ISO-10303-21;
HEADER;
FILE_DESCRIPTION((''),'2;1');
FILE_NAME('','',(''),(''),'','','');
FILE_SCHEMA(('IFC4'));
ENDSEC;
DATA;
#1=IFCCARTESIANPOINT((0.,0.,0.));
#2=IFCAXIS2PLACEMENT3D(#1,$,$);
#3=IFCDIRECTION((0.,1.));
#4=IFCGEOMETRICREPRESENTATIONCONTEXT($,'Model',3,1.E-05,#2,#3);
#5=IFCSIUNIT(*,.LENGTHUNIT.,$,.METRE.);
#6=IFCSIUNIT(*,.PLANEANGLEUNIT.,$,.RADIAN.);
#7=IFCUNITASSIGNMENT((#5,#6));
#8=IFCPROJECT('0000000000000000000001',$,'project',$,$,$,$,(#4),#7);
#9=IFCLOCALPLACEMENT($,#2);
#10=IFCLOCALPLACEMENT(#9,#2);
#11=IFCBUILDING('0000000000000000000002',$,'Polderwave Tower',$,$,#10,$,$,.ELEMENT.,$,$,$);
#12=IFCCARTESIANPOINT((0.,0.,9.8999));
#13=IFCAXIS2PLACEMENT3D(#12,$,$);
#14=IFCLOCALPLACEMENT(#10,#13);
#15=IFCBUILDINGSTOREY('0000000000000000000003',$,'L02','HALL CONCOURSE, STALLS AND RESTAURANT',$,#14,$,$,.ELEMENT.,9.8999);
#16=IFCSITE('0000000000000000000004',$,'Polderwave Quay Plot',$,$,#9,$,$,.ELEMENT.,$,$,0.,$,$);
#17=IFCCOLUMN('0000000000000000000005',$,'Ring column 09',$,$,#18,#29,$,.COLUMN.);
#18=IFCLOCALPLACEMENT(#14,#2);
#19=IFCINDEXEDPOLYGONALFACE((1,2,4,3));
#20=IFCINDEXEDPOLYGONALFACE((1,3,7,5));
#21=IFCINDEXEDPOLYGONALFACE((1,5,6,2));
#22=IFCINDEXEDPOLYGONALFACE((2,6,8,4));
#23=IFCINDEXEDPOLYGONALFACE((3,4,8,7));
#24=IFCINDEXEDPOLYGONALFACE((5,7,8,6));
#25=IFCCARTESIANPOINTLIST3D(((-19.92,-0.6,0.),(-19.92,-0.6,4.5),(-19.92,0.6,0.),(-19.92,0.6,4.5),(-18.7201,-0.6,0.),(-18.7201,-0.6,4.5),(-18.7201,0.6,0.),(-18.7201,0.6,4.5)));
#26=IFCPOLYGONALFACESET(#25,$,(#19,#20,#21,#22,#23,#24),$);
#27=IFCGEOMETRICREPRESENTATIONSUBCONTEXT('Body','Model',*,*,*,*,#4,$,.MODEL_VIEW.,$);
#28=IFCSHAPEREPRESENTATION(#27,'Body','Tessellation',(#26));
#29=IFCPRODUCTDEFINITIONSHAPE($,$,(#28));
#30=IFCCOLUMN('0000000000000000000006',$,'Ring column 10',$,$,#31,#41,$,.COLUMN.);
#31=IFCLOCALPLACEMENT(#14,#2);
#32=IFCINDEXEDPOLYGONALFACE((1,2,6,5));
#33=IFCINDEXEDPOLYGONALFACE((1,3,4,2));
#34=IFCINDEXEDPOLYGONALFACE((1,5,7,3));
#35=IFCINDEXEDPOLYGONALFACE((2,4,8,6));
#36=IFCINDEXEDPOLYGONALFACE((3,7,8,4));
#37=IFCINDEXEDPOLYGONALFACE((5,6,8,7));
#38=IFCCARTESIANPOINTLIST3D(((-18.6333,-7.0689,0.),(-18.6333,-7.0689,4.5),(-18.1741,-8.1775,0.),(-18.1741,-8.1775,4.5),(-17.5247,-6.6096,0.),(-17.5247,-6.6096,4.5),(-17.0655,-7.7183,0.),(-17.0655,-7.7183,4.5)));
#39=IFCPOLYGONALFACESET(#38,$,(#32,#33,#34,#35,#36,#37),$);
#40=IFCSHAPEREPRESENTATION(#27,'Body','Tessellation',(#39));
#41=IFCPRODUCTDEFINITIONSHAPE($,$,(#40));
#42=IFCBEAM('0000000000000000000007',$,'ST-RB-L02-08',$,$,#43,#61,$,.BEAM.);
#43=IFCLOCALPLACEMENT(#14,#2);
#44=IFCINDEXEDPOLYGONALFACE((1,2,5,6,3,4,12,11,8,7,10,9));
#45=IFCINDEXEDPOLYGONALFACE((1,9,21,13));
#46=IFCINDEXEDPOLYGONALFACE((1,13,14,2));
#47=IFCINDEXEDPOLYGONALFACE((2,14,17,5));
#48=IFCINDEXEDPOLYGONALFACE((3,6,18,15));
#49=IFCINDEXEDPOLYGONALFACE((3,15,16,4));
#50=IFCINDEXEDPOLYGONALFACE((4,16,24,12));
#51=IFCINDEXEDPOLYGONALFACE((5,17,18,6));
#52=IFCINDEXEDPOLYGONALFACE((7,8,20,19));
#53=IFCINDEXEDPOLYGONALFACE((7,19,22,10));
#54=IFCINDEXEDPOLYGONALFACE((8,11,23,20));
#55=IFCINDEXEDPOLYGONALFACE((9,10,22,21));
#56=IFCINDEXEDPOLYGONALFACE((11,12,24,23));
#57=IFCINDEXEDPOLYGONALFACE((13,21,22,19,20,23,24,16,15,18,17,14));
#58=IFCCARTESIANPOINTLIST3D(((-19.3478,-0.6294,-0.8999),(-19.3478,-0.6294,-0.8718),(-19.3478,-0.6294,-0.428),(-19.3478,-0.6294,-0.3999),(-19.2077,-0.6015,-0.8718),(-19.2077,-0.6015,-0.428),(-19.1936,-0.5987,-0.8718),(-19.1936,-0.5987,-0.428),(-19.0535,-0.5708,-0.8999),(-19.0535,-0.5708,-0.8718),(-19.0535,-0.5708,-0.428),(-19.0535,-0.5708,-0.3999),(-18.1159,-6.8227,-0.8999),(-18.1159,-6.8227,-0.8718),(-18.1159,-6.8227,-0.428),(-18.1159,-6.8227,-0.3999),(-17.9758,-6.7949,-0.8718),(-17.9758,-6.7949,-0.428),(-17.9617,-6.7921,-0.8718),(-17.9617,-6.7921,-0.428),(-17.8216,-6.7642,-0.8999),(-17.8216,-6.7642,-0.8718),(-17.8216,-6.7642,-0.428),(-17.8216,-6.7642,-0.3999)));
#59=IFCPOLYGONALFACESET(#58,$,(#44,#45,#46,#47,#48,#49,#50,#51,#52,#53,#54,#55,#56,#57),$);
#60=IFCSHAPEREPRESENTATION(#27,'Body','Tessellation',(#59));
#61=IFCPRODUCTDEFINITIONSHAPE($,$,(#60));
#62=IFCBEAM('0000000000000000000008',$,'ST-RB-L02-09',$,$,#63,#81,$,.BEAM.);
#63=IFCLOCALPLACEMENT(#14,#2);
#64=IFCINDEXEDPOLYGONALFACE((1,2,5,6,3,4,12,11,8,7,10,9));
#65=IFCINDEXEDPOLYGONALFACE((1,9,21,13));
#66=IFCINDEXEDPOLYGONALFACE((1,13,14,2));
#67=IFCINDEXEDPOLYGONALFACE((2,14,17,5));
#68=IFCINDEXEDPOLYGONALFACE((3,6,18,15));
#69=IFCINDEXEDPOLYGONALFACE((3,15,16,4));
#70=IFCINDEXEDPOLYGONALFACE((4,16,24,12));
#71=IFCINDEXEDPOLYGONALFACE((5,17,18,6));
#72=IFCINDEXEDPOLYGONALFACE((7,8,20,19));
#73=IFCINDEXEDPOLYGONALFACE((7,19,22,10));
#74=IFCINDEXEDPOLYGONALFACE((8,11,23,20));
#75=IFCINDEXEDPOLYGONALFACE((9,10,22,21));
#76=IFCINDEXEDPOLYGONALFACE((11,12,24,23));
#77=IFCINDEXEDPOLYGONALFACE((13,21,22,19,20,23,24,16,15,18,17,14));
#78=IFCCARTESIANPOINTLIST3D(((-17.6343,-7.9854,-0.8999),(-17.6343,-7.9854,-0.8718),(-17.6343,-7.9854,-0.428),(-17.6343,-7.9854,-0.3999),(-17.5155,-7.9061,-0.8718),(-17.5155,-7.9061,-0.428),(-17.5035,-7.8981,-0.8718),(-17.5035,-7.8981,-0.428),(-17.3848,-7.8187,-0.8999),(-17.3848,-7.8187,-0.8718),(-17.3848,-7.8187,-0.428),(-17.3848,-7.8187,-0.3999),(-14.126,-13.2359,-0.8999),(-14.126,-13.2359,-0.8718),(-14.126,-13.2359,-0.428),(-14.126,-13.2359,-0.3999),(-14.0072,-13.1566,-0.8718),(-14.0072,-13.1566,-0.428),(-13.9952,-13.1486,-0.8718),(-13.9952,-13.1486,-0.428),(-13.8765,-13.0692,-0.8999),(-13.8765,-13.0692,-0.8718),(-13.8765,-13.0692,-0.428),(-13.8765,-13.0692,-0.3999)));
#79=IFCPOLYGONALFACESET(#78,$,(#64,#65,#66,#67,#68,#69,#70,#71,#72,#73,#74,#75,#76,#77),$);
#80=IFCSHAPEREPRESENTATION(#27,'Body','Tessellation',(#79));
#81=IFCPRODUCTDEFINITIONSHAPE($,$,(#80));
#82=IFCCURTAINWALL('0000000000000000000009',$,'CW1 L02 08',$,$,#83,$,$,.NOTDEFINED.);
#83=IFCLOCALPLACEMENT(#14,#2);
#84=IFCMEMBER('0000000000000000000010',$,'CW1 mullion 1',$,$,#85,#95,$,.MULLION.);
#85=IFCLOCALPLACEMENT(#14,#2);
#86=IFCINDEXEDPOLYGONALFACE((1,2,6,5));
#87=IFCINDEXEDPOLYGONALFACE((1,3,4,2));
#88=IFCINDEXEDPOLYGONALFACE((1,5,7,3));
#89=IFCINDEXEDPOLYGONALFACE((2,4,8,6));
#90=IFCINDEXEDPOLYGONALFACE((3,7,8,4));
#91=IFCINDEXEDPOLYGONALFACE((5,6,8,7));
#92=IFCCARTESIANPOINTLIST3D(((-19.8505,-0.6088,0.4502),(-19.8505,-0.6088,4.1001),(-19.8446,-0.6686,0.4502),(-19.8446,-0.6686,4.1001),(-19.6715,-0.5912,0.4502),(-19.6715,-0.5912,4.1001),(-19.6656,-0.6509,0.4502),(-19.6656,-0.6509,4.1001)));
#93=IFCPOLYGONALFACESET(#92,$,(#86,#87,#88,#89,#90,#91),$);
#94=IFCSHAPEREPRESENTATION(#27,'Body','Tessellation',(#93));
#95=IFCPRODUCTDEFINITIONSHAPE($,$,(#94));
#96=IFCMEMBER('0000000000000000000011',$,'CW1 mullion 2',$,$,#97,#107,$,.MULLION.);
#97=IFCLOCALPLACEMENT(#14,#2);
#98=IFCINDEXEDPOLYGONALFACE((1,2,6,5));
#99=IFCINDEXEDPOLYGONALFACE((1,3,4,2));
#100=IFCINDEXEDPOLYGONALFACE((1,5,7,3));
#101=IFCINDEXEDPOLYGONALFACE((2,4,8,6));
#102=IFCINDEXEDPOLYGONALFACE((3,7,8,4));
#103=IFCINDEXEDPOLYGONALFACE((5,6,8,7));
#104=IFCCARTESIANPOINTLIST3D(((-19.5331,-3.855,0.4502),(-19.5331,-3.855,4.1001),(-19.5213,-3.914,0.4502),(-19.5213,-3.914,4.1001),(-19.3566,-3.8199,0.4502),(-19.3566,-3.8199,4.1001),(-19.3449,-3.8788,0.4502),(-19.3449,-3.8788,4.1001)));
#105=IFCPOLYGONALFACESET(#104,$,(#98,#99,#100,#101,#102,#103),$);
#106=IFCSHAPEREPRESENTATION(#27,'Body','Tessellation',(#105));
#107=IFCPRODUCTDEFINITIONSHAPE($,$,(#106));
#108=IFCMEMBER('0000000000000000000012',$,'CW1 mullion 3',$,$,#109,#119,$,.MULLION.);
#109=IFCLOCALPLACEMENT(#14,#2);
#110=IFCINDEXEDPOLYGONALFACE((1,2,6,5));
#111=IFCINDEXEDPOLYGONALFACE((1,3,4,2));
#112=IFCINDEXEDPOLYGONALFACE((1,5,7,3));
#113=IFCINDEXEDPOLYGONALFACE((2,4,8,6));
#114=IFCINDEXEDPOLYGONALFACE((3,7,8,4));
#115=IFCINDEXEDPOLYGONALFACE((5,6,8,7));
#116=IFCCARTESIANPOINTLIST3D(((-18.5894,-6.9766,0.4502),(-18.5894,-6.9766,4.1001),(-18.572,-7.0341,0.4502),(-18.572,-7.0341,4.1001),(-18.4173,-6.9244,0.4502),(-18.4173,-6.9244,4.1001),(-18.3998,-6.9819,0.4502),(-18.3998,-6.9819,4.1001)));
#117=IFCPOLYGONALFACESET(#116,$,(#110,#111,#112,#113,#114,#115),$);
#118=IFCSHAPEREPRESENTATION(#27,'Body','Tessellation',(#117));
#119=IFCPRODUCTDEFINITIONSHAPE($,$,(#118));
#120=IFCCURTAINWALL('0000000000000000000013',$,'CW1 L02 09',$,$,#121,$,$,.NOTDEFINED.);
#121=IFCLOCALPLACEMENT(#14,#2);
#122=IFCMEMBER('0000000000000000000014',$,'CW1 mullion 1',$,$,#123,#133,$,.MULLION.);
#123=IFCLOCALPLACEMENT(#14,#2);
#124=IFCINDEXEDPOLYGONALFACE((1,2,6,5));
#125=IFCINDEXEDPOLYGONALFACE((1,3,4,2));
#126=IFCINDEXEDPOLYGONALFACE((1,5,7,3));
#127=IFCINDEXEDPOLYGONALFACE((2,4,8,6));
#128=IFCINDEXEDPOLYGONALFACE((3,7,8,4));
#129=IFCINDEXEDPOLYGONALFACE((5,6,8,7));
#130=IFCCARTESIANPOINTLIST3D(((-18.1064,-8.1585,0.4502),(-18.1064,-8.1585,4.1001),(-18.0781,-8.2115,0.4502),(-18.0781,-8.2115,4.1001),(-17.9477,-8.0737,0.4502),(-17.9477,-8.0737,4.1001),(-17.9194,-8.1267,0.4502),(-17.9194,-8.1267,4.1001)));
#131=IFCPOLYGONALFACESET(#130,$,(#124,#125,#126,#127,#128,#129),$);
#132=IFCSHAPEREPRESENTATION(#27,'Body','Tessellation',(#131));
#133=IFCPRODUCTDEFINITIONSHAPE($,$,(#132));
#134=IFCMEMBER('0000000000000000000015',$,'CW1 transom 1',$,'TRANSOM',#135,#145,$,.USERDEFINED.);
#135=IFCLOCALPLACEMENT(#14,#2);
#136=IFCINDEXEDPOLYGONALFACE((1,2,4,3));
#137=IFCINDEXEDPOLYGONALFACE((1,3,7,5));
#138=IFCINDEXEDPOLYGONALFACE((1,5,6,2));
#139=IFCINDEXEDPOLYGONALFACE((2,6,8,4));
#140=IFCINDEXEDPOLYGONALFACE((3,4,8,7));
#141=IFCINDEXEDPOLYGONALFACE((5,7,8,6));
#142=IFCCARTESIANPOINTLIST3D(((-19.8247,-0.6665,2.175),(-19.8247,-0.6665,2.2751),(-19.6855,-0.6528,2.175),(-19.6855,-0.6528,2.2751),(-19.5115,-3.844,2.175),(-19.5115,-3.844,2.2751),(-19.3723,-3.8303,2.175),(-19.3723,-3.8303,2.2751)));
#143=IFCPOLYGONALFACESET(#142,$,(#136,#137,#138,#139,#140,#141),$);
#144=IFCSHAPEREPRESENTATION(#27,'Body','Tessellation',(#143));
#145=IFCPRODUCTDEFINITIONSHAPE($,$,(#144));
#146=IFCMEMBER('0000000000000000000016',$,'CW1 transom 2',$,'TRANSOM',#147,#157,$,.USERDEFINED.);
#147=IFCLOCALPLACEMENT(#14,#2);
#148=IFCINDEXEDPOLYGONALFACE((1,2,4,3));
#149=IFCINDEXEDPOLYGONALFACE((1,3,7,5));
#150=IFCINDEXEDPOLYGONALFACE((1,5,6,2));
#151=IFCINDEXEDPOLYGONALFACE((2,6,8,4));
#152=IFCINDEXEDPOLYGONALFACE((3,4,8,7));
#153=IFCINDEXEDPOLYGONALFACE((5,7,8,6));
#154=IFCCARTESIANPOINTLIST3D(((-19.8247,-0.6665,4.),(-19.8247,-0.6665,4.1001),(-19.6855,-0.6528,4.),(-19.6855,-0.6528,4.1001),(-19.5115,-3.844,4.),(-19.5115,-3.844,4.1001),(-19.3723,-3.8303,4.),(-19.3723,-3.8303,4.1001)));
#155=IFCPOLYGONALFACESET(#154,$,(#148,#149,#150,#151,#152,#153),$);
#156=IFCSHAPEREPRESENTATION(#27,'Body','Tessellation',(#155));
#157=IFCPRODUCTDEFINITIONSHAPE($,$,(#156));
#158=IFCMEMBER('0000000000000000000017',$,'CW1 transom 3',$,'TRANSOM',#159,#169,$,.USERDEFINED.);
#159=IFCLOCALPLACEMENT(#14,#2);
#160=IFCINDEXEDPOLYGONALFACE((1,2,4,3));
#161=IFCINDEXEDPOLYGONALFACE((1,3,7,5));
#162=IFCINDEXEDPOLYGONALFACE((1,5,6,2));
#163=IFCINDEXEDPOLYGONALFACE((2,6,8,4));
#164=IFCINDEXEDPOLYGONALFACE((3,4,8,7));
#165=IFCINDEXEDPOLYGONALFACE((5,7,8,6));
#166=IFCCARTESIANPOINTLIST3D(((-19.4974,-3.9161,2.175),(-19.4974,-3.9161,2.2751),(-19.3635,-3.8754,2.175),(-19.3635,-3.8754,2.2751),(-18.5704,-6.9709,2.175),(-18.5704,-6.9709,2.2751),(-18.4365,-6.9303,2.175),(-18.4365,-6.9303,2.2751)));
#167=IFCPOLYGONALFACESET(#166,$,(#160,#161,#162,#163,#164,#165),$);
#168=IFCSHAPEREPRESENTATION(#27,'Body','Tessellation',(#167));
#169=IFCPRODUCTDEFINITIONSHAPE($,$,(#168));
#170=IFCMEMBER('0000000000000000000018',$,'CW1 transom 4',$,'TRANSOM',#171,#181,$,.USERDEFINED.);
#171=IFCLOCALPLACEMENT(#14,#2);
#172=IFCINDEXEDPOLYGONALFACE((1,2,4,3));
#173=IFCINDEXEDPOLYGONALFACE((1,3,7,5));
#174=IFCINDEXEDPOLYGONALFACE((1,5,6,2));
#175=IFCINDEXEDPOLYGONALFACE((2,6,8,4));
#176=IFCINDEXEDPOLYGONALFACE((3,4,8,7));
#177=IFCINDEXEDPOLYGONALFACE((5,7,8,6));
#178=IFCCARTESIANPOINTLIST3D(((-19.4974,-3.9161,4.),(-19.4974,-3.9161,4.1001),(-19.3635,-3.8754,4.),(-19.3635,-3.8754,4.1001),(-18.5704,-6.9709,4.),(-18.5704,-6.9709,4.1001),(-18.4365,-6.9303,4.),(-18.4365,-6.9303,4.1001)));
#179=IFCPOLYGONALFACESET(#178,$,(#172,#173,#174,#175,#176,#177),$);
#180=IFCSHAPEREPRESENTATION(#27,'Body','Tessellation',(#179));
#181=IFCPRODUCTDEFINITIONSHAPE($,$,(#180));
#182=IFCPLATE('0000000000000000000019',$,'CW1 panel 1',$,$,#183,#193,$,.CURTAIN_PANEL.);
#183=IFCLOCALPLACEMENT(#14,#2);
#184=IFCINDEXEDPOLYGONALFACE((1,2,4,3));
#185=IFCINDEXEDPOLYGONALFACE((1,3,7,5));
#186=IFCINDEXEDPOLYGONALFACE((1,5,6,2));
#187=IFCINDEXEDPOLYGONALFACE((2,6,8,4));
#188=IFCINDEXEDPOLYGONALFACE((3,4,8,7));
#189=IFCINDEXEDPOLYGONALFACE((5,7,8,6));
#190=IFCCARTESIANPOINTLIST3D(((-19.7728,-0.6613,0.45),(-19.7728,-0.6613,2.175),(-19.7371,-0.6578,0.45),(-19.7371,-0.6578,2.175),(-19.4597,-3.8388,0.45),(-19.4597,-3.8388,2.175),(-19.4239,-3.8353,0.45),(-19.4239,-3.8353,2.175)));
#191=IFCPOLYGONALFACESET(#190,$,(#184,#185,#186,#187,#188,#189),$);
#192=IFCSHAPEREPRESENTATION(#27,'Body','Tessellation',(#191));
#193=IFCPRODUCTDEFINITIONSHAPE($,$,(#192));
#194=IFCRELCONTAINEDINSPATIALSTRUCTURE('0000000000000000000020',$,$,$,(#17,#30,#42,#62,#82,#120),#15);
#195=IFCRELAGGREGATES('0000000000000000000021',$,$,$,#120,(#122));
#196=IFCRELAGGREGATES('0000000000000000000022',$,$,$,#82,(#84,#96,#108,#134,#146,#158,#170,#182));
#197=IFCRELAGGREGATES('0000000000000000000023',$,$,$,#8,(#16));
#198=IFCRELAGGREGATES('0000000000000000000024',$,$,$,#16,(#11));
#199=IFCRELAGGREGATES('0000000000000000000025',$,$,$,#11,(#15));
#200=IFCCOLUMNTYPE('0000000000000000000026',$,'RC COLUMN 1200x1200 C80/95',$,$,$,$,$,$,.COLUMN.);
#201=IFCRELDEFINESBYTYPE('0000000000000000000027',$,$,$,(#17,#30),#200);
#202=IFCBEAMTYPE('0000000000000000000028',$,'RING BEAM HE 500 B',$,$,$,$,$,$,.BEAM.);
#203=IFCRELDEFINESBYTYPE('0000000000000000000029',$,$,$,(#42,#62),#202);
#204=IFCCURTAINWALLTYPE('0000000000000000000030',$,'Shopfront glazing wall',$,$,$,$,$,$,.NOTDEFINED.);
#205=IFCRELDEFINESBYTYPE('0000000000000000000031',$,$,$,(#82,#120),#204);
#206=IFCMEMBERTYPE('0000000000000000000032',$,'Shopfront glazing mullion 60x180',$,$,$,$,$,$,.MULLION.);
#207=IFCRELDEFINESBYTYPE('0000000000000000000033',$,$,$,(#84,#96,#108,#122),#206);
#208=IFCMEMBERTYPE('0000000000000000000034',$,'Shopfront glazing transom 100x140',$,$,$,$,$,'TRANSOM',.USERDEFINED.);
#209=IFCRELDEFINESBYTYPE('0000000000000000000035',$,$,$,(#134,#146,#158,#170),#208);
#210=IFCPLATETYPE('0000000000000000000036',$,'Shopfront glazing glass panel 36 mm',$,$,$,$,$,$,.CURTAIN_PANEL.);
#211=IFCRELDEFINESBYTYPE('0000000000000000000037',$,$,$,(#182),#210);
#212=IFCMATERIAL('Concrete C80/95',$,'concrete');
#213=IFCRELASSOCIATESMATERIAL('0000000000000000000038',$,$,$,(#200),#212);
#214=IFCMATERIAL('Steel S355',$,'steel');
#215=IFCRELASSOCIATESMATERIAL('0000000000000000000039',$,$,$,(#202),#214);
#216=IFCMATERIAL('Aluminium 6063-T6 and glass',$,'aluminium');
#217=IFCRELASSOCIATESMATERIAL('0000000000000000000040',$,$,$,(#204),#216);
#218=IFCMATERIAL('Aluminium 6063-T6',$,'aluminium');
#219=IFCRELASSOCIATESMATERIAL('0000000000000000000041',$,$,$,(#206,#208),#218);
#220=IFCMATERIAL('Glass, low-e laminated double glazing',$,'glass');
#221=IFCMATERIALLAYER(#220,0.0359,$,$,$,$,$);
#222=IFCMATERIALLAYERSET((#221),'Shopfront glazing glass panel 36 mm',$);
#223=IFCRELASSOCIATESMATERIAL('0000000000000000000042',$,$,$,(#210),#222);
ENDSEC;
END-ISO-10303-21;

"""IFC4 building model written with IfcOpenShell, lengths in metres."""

from ifc_helpers import new_model, si_unit, direction, frame, origin, origin_2d, place, context, subcontext, project, spatial, rectangle, i_section, extrude, material, layer, layer_set, material_profile, profile_set, type_object, element, aggregate, save


model = new_model("IFC4")

# Units and contexts
model_context = context("Model", 3, precision=1e-05, world=origin(), true_north=direction((0.0, 1.0)))
body_context = subcontext(model_context, "Body", "Model", "MODEL_VIEW")
ifc_project = project(units=[si_unit("LENGTHUNIT", "METRE"), si_unit("PLANEANGLEUNIT", "RADIAN")], contexts=[model_context])

# Site, building, storey
site_placement = place(None, origin())
site = spatial("IfcSite", under=ifc_project, at=site_placement, Name="Polderwave Quay Plot", CompositionType="ELEMENT", RefElevation=0.0)
building_placement = place(site_placement, origin())
building = spatial("IfcBuilding", under=site, at=building_placement, Name="Polderwave Tower", CompositionType="ELEMENT")
storey_placement = place(building_placement, frame((0.0, 0.0, 9.8999)))
storey = spatial("IfcBuildingStorey", under=building, at=storey_placement, Name="L02", Description="HALL CONCOURSE, STALLS AND RESTAURANT", CompositionType="ELEMENT", Elevation=9.8999)

# Columns
ifc_material_1 = material(Name="Concrete C80/95", Category="concrete")
ifc_material_profile_1 = material_profile(ifc_material_1, rectangle(XDim=1.2, YDim=1.2, at=origin_2d()), Name="RC 1200x1200")
ifc_profile_set_1 = profile_set([ifc_material_profile_1], Name="Concrete C80/95")
column_type = type_object("IfcColumnType", Name="RC COLUMN 1200x1200 C80/95", PredefinedType="COLUMN", material=ifc_profile_set_1)
for number, where, z_axis, x_axis, name in (
    (1, (-19.3201, 0.0, 0.0), (0.0, 0.0, 1.0), (-1.0, 0.0, 0.0), "Ring column 09"),
    (2, (-17.8494, -7.3936, 0.0), (0.0, 0.0, 1.0), (-0.92388, -0.382683, 0.0), "Ring column 10"),
):
    element("IfcColumn", number, at=place(storey_placement, frame(where, z_axis=z_axis, x_axis=x_axis)), inside=storey, type_object=column_type, Name=name, PredefinedType="COLUMN", context=body_context, shape_type="SweptSolid", body=[
        extrude(rectangle(XDim=1.2, YDim=1.2, at=origin_2d()), origin(), (0.0, 0.0, 1.0), 4.5),
    ])

# Beams
ifc_material_2 = material(Name="Steel S355", Category="steel")
ifc_material_profile_2 = material_profile(ifc_material_2, i_section(OverallWidth=0.3, OverallDepth=0.5, WebThickness=0.0144, FlangeThickness=0.0281, at=origin_2d()), Name="HE 500 B")
ifc_profile_set_2 = profile_set([ifc_material_profile_2], Name="Steel S355")
beam_type = type_object("IfcBeamType", Name="RING BEAM HE 500 B", PredefinedType="BEAM", material=ifc_profile_set_2)
for number, where, z_axis, x_axis, name in (
    (3, (-19.2007, -0.6001, -0.6499), (0.19509, -0.980785, 0.0), (0.980785, 0.19509, 0.0), "ST-RB-L02-08"),
    (4, (-17.5095, -7.9021, -0.6499), (0.555574, -0.831467, 0.0), (0.831467, 0.555574, 0.0), "ST-RB-L02-09"),
):
    element("IfcBeam", number, at=place(storey_placement, frame(where, z_axis=z_axis, x_axis=x_axis)), inside=storey, type_object=beam_type, Name=name, PredefinedType="BEAM", context=body_context, shape_type="SweptSolid", body=[
        extrude(i_section(OverallWidth=0.3, OverallDepth=0.5, WebThickness=0.0144, FlangeThickness=0.0281, at=origin_2d()), origin(), (0.0, 0.0, 1.0), 6.3147),
    ])

# Curtain wall, members
ifc_material_3 = material(Name="Aluminium 6063-T6 and glass", Category="aluminium")
curtain_wall_type = type_object("IfcCurtainWallType", Name="Shopfront glazing wall", PredefinedType="NOTDEFINED", material=ifc_material_3)
curtain_wall_1_placement = place(storey_placement, origin())
curtain_wall_1 = element("IfcCurtainWall", 5, at=curtain_wall_1_placement, inside=storey, type_object=curtain_wall_type, Name="CW1 L02 08", PredefinedType="NOTDEFINED")
ifc_material_4 = material(Name="Aluminium 6063-T6", Category="aluminium")
ifc_material_profile_3 = material_profile(ifc_material_4, rectangle(XDim=0.1799, YDim=0.0601, at=origin_2d()), Name="AL 60x180")
ifc_profile_set_3 = profile_set([ifc_material_profile_3], Name="Aluminium 6063-T6")
member_type_1 = type_object("IfcMemberType", Name="Shopfront glazing mullion 60x180", PredefinedType="MULLION", material=ifc_profile_set_3)
member_1_placement = place(storey_placement, frame((-19.7581, -0.6299, 0.4502), z_axis=(0.0, 0.0, 1.0), x_axis=(0.995178, 0.098087, 0.0)))
member_1 = element("IfcMember", 6, at=member_1_placement, type_object=member_type_1, Name="CW1 mullion 1", PredefinedType="MULLION", context=body_context, shape_type="SweptSolid", body=[
    extrude(rectangle(XDim=0.1799, YDim=0.0601, at=origin_2d()), origin(), (0.0, 0.0, 1.0), 3.6499),
])
member_2_placement = place(storey_placement, frame((-19.439, -3.8669, 0.4502), z_axis=(0.0, 0.0, 1.0), x_axis=(0.980773, 0.195152, 0.0)))
member_2 = element("IfcMember", 7, at=member_2_placement, type_object=member_type_1, Name="CW1 mullion 2", PredefinedType="MULLION", context=body_context, shape_type="SweptSolid", body=[
    extrude(rectangle(XDim=0.1799, YDim=0.0601, at=origin_2d()), origin(), (0.0, 0.0, 1.0), 3.6499),
])
member_3_placement = place(storey_placement, frame((-18.4946, -6.9792, 0.4502), z_axis=(0.0, 0.0, 1.0), x_axis=(0.956925, 0.290336, 0.0)))
member_3 = element("IfcMember", 8, at=member_3_placement, type_object=member_type_1, Name="CW1 mullion 3", PredefinedType="MULLION", context=body_context, shape_type="SweptSolid", body=[
    extrude(rectangle(XDim=0.1799, YDim=0.0601, at=origin_2d()), origin(), (0.0, 0.0, 1.0), 3.6499),
])

# Curtain wall, member
curtain_wall_2_placement = place(storey_placement, origin())
curtain_wall_2 = element("IfcCurtainWall", 9, at=curtain_wall_2_placement, inside=storey, type_object=curtain_wall_type, Name="CW1 L02 09", PredefinedType="NOTDEFINED")
member_4_placement = place(storey_placement, frame((-18.0129, -8.1426, 0.4502), z_axis=(0.0, 0.0, 1.0), x_axis=(0.881973, 0.4713, 0.0)))
member_4 = element("IfcMember", 10, at=member_4_placement, type_object=member_type_1, Name="CW1 mullion 1", PredefinedType="MULLION", context=body_context, shape_type="SweptSolid", body=[
    extrude(rectangle(XDim=0.1799, YDim=0.0601, at=origin_2d()), origin(), (0.0, 0.0, 1.0), 3.6499),
])
aggregate(curtain_wall_2, [member_4])

# Members
ifc_material_profile_4 = material_profile(ifc_material_4, rectangle(XDim=0.1399, YDim=0.1001, at=origin_2d()), Name="AL 100x140")
ifc_profile_set_4 = profile_set([ifc_material_profile_4], Name="Aluminium 6063-T6")
member_type_2 = type_object("IfcMemberType", Name="Shopfront glazing transom 100x140", ElementType="TRANSOM", PredefinedType="USERDEFINED", material=ifc_profile_set_4)
member_5_placement = place(storey_placement, frame((-19.7551, -0.6597, 2.2251), z_axis=(0.098103, -0.995176, 0.0), x_axis=(0.995176, 0.098103, 0.0)))
member_5 = element("IfcMember", 11, at=member_5_placement, type_object=member_type_2, Name="CW1 transom 1", ObjectType="TRANSOM", PredefinedType="USERDEFINED", context=body_context, shape_type="SweptSolid", body=[
    extrude(rectangle(XDim=0.1399, YDim=0.1001, at=origin_2d()), origin(), (0.0, 0.0, 1.0), 3.1929),
])
member_6_placement = place(storey_placement, frame((-19.7551, -0.6597, 4.05), z_axis=(0.098103, -0.995176, 0.0), x_axis=(0.995176, 0.098103, 0.0)))
member_6 = element("IfcMember", 12, at=member_6_placement, type_object=member_type_2, Name="CW1 transom 2", ObjectType="TRANSOM", PredefinedType="USERDEFINED", context=body_context, shape_type="SweptSolid", body=[
    extrude(rectangle(XDim=0.1399, YDim=0.1001, at=origin_2d()), origin(), (0.0, 0.0, 1.0), 3.1929),
])
member_7_placement = place(storey_placement, frame((-19.4304, -3.8958, 2.2251), z_axis=(0.29037, -0.956914, 0.0), x_axis=(0.956914, 0.29037, 0.0)))
member_7 = element("IfcMember", 13, at=member_7_placement, type_object=member_type_2, Name="CW1 transom 3", ObjectType="TRANSOM", PredefinedType="USERDEFINED", context=body_context, shape_type="SweptSolid", body=[
    extrude(rectangle(XDim=0.1399, YDim=0.1001, at=origin_2d()), origin(), (0.0, 0.0, 1.0), 3.1924),
])
member_8_placement = place(storey_placement, frame((-19.4304, -3.8958, 4.05), z_axis=(0.29037, -0.956914, 0.0), x_axis=(0.956914, 0.29037, 0.0)))
member_8 = element("IfcMember", 14, at=member_8_placement, type_object=member_type_2, Name="CW1 transom 4", ObjectType="TRANSOM", PredefinedType="USERDEFINED", context=body_context, shape_type="SweptSolid", body=[
    extrude(rectangle(XDim=0.1399, YDim=0.1001, at=origin_2d()), origin(), (0.0, 0.0, 1.0), 3.1924),
])

# Plate
ifc_material_5 = material(Name="Glass, low-e laminated double glazing", Category="glass")
ifc_layer_1 = layer(ifc_material_5, 0.0359)
ifc_layer_set_1 = layer_set([ifc_layer_1], Name="Shopfront glazing glass panel 36 mm")
plate_type = type_object("IfcPlateType", Name="Shopfront glazing glass panel 36 mm", PredefinedType="CURTAIN_PANEL", material=ifc_layer_set_1)
plate_1_placement = place(storey_placement, frame((-19.5984, -2.2483, 0.45), z_axis=(0.0, 0.0, 1.0), x_axis=(0.098087, -0.995178, 0.0)))
plate_1 = element("IfcPlate", 15, at=plate_1_placement, type_object=plate_type, Name="CW1 panel 1", PredefinedType="CURTAIN_PANEL", context=body_context, shape_type="SweptSolid", body=[
    extrude(rectangle(XDim=3.1929, YDim=0.0359, at=origin_2d()), origin(), (0.0, 0.0, 1.0), 1.7251),
])
aggregate(curtain_wall_1, [member_1, member_2, member_3, member_5, member_6, member_7, member_8, plate_1])

save(model, "model.ifc")
